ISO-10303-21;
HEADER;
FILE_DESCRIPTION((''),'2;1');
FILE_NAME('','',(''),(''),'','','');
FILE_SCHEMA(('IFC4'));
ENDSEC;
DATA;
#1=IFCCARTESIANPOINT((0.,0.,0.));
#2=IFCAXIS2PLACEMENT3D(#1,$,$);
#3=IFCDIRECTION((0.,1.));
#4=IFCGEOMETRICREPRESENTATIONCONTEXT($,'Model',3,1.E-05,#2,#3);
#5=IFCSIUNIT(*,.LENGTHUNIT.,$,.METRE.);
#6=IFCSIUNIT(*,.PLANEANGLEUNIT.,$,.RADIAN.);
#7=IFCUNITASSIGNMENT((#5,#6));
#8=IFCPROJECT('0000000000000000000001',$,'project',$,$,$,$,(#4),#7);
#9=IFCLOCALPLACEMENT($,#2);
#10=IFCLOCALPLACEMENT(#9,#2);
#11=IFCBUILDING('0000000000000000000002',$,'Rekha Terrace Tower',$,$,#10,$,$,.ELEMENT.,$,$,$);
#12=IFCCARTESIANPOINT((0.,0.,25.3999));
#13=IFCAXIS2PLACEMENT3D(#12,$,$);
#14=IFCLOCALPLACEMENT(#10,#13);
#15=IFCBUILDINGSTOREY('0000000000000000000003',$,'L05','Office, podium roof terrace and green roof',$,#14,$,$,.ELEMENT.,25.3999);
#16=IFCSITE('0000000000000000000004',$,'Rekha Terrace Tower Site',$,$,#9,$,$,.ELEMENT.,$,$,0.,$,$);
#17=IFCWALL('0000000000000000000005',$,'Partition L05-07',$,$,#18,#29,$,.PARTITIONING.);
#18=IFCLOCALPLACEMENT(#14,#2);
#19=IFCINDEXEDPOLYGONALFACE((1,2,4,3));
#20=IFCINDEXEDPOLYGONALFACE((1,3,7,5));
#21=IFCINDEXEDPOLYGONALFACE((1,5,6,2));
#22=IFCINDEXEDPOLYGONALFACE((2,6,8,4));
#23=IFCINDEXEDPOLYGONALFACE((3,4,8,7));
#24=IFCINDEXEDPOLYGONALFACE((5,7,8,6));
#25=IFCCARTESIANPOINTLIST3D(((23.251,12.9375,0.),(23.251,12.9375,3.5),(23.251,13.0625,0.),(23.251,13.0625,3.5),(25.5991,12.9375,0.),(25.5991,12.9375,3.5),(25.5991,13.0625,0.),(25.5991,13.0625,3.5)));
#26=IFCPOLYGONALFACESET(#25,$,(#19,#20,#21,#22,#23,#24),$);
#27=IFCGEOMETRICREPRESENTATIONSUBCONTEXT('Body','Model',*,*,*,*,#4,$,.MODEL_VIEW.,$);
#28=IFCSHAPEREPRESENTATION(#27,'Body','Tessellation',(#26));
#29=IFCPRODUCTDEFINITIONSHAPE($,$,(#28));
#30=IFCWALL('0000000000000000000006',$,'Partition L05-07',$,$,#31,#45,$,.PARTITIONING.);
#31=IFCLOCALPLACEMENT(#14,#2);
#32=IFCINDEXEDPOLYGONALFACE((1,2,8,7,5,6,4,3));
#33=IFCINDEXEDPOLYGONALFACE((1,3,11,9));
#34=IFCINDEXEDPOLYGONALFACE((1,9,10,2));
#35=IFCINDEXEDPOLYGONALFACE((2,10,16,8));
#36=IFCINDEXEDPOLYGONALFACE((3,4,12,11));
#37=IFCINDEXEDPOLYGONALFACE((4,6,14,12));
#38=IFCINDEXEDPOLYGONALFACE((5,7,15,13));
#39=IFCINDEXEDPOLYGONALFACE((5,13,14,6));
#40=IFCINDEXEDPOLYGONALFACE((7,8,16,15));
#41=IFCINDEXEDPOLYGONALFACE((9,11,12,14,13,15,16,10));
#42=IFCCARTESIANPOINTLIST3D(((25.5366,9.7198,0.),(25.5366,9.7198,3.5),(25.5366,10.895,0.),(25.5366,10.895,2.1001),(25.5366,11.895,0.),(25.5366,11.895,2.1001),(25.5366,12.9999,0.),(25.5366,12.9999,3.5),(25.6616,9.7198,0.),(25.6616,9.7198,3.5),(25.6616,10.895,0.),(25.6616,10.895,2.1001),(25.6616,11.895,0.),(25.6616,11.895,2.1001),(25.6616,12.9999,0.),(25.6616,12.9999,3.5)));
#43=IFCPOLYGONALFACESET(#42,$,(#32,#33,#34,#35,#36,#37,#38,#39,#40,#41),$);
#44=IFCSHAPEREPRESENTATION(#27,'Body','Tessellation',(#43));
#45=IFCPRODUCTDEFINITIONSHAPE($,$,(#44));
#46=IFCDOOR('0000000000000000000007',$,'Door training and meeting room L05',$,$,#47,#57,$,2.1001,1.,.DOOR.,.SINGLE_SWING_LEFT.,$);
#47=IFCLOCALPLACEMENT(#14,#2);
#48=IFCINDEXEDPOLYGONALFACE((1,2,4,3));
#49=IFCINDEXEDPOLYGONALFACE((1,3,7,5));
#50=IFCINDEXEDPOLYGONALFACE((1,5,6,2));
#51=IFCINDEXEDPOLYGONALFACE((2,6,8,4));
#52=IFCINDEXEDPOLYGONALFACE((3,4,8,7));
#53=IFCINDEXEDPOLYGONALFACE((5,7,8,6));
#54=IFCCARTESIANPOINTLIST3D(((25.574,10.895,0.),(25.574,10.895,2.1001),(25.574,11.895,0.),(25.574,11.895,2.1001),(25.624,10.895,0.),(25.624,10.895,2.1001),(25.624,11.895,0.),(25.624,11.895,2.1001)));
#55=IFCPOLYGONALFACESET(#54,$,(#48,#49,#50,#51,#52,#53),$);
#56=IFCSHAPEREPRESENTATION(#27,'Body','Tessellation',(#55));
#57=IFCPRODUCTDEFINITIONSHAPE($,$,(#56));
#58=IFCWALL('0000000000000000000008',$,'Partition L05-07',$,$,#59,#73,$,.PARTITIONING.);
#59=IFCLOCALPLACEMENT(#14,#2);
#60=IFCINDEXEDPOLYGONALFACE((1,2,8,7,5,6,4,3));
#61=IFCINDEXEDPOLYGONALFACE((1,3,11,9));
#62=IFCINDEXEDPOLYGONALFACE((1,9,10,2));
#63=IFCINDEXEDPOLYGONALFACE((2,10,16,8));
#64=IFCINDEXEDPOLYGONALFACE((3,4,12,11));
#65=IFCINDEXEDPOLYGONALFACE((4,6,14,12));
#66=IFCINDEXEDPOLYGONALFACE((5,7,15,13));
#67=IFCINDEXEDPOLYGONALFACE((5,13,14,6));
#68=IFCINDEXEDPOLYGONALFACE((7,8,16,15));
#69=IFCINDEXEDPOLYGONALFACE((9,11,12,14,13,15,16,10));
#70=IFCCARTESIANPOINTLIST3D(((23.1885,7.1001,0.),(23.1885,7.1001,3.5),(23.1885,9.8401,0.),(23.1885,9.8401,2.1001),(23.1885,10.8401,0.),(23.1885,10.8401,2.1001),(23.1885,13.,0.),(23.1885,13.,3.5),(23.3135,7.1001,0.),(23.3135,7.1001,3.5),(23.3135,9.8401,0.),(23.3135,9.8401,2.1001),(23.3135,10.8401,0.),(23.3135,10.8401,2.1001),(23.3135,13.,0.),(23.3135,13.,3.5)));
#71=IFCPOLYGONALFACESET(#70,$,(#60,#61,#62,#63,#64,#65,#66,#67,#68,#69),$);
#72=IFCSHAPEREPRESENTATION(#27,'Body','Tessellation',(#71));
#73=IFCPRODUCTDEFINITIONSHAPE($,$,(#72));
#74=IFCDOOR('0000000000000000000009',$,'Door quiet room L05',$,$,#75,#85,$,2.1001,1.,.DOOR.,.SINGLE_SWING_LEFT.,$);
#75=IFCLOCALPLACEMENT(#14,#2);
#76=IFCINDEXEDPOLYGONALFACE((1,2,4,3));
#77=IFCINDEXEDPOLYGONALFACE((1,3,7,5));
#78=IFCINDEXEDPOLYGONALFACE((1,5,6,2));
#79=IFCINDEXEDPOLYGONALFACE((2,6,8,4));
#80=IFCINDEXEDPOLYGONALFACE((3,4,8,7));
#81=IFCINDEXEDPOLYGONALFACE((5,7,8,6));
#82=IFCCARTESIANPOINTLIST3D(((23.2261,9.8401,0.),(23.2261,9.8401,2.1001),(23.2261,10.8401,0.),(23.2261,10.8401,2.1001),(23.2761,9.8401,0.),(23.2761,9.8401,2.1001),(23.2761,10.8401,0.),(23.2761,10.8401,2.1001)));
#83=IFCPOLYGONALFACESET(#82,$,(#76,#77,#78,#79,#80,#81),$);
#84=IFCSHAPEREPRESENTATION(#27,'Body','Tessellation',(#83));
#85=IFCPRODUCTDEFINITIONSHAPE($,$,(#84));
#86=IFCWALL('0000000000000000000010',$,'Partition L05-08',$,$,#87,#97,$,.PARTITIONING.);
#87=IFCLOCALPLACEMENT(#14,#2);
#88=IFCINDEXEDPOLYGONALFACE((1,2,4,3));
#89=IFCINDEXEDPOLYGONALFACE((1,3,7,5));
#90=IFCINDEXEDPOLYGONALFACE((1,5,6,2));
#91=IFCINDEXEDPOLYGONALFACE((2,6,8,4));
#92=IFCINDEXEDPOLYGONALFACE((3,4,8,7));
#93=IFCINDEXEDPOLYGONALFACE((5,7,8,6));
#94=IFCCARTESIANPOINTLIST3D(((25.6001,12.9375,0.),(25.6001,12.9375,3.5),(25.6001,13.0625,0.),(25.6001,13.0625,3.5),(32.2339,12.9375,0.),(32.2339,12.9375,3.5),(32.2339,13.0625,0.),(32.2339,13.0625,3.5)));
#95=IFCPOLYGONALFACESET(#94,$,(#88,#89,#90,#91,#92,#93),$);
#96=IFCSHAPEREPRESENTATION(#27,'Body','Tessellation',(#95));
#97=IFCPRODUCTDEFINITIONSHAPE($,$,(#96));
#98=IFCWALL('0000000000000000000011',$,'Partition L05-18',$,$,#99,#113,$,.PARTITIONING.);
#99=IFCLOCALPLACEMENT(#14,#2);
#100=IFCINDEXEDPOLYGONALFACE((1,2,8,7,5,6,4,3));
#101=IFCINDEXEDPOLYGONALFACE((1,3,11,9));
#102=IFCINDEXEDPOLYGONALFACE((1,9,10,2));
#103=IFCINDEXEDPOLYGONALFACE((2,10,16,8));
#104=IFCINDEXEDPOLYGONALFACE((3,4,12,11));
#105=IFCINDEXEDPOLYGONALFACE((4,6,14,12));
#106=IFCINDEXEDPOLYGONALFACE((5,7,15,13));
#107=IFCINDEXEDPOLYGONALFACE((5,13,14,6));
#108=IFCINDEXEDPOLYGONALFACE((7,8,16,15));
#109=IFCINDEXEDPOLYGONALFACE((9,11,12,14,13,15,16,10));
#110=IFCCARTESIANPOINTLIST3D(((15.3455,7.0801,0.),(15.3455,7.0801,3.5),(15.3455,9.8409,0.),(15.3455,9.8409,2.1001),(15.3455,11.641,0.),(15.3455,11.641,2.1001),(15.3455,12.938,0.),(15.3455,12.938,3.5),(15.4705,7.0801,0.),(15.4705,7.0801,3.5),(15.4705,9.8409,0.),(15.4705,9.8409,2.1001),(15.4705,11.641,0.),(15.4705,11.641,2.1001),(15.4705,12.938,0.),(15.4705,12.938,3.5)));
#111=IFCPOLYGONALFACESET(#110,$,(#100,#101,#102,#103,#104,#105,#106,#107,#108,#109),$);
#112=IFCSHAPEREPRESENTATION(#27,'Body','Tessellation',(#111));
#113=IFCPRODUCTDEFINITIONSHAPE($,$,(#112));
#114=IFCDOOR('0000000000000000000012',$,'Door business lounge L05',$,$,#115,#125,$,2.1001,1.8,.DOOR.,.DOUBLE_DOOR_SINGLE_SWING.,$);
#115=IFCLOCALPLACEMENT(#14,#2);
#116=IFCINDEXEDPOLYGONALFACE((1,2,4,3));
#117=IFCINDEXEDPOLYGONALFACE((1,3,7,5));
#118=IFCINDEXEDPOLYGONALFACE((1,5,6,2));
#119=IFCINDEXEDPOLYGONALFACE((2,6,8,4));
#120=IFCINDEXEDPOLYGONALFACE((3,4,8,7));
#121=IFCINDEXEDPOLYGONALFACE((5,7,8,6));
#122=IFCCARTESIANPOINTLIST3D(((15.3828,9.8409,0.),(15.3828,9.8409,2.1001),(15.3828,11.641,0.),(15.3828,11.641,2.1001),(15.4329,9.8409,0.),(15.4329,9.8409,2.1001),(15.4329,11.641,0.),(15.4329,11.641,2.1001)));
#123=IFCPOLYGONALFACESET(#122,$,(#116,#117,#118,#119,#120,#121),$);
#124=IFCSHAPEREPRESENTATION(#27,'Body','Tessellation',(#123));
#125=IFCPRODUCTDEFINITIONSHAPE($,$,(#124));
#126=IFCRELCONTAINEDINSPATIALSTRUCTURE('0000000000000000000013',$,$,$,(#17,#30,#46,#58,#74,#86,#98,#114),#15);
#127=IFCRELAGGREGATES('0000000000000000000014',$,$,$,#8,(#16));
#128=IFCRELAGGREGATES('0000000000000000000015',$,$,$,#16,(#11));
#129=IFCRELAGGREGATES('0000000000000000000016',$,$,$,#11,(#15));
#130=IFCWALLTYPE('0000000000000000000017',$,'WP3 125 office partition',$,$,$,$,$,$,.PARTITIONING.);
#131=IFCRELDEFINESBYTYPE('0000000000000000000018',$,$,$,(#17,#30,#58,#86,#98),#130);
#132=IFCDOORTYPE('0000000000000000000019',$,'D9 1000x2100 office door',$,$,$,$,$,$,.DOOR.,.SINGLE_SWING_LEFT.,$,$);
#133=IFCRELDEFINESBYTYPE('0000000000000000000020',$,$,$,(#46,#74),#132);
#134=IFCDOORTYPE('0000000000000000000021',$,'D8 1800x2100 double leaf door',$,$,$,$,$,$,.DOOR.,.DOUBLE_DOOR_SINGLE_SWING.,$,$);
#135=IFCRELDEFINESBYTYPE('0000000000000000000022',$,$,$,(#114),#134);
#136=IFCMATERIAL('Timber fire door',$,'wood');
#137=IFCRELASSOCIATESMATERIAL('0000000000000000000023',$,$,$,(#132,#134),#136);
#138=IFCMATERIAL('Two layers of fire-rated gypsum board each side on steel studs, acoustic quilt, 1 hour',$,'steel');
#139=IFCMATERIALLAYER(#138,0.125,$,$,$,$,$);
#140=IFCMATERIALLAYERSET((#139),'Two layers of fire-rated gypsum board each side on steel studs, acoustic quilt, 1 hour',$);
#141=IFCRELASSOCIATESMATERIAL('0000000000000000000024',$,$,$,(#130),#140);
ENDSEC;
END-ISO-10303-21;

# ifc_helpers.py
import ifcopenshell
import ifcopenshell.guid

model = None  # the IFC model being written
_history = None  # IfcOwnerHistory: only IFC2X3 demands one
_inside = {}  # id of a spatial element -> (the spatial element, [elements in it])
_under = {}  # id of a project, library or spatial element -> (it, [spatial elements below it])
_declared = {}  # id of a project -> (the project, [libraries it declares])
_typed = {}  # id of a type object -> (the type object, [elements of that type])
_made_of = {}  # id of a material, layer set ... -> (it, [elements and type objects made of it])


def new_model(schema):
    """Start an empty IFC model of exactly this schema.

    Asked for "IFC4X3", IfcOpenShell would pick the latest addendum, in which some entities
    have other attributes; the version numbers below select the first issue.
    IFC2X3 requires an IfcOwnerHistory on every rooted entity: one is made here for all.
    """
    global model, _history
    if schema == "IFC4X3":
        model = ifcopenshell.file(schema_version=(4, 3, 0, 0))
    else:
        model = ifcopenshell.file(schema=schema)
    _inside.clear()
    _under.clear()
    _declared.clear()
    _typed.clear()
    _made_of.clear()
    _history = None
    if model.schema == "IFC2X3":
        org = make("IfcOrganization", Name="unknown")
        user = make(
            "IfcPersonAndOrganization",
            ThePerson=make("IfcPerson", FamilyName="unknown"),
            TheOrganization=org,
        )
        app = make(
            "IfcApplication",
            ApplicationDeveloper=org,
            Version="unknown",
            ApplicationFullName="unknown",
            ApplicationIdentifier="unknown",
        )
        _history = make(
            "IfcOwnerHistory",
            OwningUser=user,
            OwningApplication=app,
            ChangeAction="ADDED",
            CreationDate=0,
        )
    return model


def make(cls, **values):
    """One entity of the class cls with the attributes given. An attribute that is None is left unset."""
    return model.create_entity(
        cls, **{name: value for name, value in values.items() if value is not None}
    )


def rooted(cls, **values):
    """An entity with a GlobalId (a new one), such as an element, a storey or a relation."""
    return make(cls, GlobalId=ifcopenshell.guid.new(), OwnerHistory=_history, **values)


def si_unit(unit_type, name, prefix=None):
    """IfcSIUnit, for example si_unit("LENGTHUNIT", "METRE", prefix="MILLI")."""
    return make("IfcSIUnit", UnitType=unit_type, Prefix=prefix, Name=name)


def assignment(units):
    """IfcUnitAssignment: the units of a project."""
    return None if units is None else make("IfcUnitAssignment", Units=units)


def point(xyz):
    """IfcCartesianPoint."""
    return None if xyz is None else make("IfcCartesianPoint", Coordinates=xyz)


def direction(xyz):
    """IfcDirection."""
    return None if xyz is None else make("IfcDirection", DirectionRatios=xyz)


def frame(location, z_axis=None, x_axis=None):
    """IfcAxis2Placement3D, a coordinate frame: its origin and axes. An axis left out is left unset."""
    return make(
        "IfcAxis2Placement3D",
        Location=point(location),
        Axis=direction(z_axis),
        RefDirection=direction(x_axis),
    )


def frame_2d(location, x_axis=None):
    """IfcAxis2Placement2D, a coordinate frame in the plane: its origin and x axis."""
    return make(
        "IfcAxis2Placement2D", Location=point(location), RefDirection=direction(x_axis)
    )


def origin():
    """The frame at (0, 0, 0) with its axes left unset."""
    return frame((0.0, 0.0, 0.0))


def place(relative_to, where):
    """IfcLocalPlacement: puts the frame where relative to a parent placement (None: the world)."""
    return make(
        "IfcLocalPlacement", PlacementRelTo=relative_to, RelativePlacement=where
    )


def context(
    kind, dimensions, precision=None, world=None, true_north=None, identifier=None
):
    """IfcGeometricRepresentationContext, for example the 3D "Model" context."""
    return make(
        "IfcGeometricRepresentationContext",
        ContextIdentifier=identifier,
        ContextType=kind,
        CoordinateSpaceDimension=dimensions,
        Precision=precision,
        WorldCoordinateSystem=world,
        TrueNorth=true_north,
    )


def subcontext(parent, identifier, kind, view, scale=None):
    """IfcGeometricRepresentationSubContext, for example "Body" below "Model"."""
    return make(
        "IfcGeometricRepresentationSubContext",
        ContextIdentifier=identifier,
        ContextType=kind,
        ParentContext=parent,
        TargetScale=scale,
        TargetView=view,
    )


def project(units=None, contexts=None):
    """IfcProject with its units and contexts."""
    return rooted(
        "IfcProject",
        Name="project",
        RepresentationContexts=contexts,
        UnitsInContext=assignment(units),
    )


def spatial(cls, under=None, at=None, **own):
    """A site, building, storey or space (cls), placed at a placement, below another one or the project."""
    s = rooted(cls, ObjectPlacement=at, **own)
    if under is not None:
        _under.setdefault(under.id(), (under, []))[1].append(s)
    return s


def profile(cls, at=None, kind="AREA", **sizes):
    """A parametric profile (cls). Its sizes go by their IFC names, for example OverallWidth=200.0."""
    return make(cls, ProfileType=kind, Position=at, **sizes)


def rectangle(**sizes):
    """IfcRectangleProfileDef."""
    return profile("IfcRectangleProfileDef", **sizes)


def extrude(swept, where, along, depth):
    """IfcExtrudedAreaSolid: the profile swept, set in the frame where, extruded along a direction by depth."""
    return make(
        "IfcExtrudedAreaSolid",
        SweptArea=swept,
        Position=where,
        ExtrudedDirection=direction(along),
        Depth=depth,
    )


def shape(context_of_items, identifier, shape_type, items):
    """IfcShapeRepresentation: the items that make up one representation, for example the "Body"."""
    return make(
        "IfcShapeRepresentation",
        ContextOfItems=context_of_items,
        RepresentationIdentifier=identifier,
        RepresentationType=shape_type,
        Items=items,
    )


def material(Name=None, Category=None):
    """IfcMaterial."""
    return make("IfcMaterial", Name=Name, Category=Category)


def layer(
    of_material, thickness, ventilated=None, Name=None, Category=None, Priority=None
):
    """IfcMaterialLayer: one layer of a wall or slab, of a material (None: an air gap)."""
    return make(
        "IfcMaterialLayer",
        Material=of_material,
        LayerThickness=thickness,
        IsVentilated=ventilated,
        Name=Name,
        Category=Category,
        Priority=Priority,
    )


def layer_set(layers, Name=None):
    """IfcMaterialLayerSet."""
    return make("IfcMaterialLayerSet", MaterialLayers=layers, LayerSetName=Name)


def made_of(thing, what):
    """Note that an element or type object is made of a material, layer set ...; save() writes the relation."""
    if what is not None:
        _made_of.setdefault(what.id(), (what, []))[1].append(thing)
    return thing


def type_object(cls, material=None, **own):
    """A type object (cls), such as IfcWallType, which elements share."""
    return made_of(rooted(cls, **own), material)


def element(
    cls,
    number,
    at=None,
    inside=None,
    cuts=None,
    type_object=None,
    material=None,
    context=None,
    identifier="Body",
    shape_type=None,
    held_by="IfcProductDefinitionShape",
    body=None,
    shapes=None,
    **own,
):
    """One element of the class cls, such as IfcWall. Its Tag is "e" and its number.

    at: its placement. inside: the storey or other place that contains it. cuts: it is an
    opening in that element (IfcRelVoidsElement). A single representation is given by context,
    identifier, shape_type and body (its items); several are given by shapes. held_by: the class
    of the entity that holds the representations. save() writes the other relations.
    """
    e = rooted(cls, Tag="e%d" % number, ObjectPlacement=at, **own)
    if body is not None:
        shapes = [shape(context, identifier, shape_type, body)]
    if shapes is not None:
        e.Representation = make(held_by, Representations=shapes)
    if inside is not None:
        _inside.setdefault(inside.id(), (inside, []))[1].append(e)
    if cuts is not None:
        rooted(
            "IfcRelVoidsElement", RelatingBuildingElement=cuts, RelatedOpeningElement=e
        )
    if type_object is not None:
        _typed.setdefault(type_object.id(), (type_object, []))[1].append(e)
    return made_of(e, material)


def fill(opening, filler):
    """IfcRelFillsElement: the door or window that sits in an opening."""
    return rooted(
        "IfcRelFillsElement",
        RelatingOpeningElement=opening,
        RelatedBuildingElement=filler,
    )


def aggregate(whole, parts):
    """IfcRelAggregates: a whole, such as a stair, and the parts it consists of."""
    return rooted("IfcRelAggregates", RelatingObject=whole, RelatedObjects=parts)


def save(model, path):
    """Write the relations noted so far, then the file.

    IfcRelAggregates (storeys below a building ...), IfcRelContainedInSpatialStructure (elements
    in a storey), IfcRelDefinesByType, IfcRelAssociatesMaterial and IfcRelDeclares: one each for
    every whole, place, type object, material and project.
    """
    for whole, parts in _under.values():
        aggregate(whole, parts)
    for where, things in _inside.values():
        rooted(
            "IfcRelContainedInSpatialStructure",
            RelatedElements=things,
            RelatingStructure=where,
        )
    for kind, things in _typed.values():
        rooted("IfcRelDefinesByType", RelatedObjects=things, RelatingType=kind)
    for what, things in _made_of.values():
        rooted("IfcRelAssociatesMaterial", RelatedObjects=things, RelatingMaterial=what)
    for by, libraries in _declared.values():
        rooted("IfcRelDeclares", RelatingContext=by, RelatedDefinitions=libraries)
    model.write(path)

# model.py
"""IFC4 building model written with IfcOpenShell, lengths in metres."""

from ifc_helpers import new_model, si_unit, direction, frame, frame_2d, origin, place, context, subcontext, project, spatial, rectangle, extrude, material, layer, layer_set, type_object, element, fill, save


model = new_model("IFC4")

# Units and contexts
model_context = context("Model", 3, precision=1e-05, world=origin(), true_north=direction((0.0, 1.0)))
body_context = subcontext(model_context, "Body", "Model", "MODEL_VIEW")
ifc_project = project(units=[si_unit("LENGTHUNIT", "METRE"), si_unit("PLANEANGLEUNIT", "RADIAN")], contexts=[model_context])

# Site, building, storey
site_placement = place(None, origin())
site = spatial("IfcSite", under=ifc_project, at=site_placement, Name="Rekha Terrace Tower Site", CompositionType="ELEMENT", RefElevation=0.0)
building_placement = place(site_placement, origin())
building = spatial("IfcBuilding", under=site, at=building_placement, Name="Rekha Terrace Tower", CompositionType="ELEMENT")
storey_placement = place(building_placement, frame((0.0, 0.0, 25.3999)))
storey = spatial("IfcBuildingStorey", under=building, at=storey_placement, Name="L05", Description="Office, podium roof terrace and green roof", CompositionType="ELEMENT", Elevation=25.3999)

# Shared definitions
ifc_material_1 = material(Name="Timber fire door", Category="wood")
door_type_1 = type_object("IfcDoorType", Name="D9 1000x2100 office door", OperationType="SINGLE_SWING_LEFT", PredefinedType="DOOR", material=ifc_material_1)

# Shared definitions
ifc_material_2 = material(Name="Two layers of fire-rated gypsum board each side on steel studs, acoustic quilt, 1 hour", Category="steel")
ifc_layer_1 = layer(ifc_material_2, 0.125)
ifc_layer_set_1 = layer_set([ifc_layer_1], Name="Two layers of fire-rated gypsum board each side on steel studs, acoustic quilt, 1 hour")
wall_type_1 = type_object("IfcWallType", Name="WP3 125 office partition", PredefinedType="PARTITIONING", material=ifc_layer_set_1)
door_type_2 = type_object("IfcDoorType", Name="D8 1800x2100 double leaf door", OperationType="DOUBLE_DOOR_SINGLE_SWING", PredefinedType="DOOR", material=ifc_material_1)

# Wall
wall_1_placement = place(storey_placement, frame((23.251, 13.0, 0.0), z_axis=(0.0, 0.0, 1.0), x_axis=(1.0, 0.0, 0.0)))
element("IfcWall", 1, at=wall_1_placement, inside=storey, type_object=wall_type_1, Name="Partition L05-07", PredefinedType="PARTITIONING", context=body_context, shape_type="SweptSolid", body=[
    extrude(rectangle(XDim=2.3481, YDim=0.125, at=frame_2d((1.1741, 0.0))), origin(), (0.0, 0.0, 1.0), 3.5),
])

# Walls, openings, doors
wall_2_placement = place(storey_placement, frame((25.5991, 13.0, 0.0), z_axis=(0.0, 0.0, 1.0), x_axis=(0.0, -1.0, 0.0)))
wall_2 = element("IfcWall", 2, at=wall_2_placement, inside=storey, type_object=wall_type_1, Name="Partition L05-07", PredefinedType="PARTITIONING", context=body_context, shape_type="SweptSolid", body=[
    extrude(rectangle(XDim=3.28, YDim=0.125, at=frame_2d((1.6401, 0.0))), origin(), (0.0, 0.0, 1.0), 3.5),
])
opening_1_placement = place(wall_2_placement, frame((1.105, 0.0, 0.0)))
opening_1 = element("IfcOpeningElement", 3, at=opening_1_placement, cuts=wall_2, PredefinedType="OPENING", context=body_context, shape_type="SweptSolid", body=[
    extrude(rectangle(XDim=1.0, YDim=2.1001, at=frame_2d((0.5, 1.05))), frame((0.0, 0.0725, 0.0), z_axis=(0.0, -1.0, 0.0), x_axis=(1.0, 0.0, 0.0)), (0.0, 0.0, 1.0), 0.145),
])
door_1_placement = place(opening_1_placement, origin())
door_1 = element("IfcDoor", 4, at=door_1_placement, inside=storey, type_object=door_type_1, Name="Door training and meeting room L05", OperationType="SINGLE_SWING_LEFT", OverallHeight=2.1001, OverallWidth=1.0, PredefinedType="DOOR", context=body_context, shape_type="SweptSolid", body=[
    extrude(rectangle(XDim=1.0, YDim=2.1001, at=frame_2d((0.5, 1.05))), frame((0.0, 0.0249, 0.0), z_axis=(0.0, -1.0, 0.0), x_axis=(1.0, 0.0, 0.0)), (0.0, 0.0, 1.0), 0.05),
])
fill(opening_1, door_1)
wall_3_placement = place(storey_placement, frame((23.251, 7.1001, 0.0), z_axis=(0.0, 0.0, 1.0), x_axis=(0.0, 1.0, 0.0)))
wall_3 = element("IfcWall", 5, at=wall_3_placement, inside=storey, type_object=wall_type_1, Name="Partition L05-07", PredefinedType="PARTITIONING", context=body_context, shape_type="SweptSolid", body=[
    extrude(rectangle(XDim=5.8999, YDim=0.125, at=frame_2d((2.95, 0.0))), origin(), (0.0, 0.0, 1.0), 3.5),
])
opening_2_placement = place(wall_3_placement, frame((2.74, 0.0, 0.0)))
opening_2 = element("IfcOpeningElement", 6, at=opening_2_placement, cuts=wall_3, PredefinedType="OPENING", context=body_context, shape_type="SweptSolid", body=[
    extrude(rectangle(XDim=1.0, YDim=2.1001, at=frame_2d((0.5, 1.05))), frame((0.0, 0.0725, 0.0), z_axis=(0.0, -1.0, 0.0), x_axis=(1.0, 0.0, 0.0)), (0.0, 0.0, 1.0), 0.145),
])
door_2_placement = place(opening_2_placement, origin())
door_2 = element("IfcDoor", 7, at=door_2_placement, inside=storey, type_object=door_type_1, Name="Door quiet room L05", OperationType="SINGLE_SWING_LEFT", OverallHeight=2.1001, OverallWidth=1.0, PredefinedType="DOOR", context=body_context, shape_type="SweptSolid", body=[
    extrude(rectangle(XDim=1.0, YDim=2.1001, at=frame_2d((0.5, 1.05))), frame((0.0, 0.0249, 0.0), z_axis=(0.0, -1.0, 0.0), x_axis=(1.0, 0.0, 0.0)), (0.0, 0.0, 1.0), 0.05),
])
fill(opening_2, door_2)

# Wall
wall_4_placement = place(storey_placement, frame((25.6001, 13.0, 0.0), z_axis=(0.0, 0.0, 1.0), x_axis=(1.0, 0.0, 0.0)))
element("IfcWall", 8, at=wall_4_placement, inside=storey, type_object=wall_type_1, Name="Partition L05-08", PredefinedType="PARTITIONING", context=body_context, shape_type="SweptSolid", body=[
    extrude(rectangle(XDim=6.6338, YDim=0.125, at=frame_2d((3.3169, 0.0))), origin(), (0.0, 0.0, 1.0), 3.5),
])

# Wall, opening, door
wall_5_placement = place(storey_placement, frame((15.408, 12.938, 0.0), z_axis=(0.0, 0.0, 1.0), x_axis=(0.0, -1.0, 0.0)))
wall_5 = element("IfcWall", 9, at=wall_5_placement, inside=storey, type_object=wall_type_1, Name="Partition L05-18", PredefinedType="PARTITIONING", context=body_context, shape_type="SweptSolid", body=[
    extrude(rectangle(XDim=5.8579, YDim=0.125, at=frame_2d((2.929, 0.0))), origin(), (0.0, 0.0, 1.0), 3.5),
])
opening_3_placement = place(wall_5_placement, frame((1.2971, 0.0, 0.0)))
opening_3 = element("IfcOpeningElement", 10, at=opening_3_placement, cuts=wall_5, PredefinedType="OPENING", context=body_context, shape_type="SweptSolid", body=[
    extrude(rectangle(XDim=1.8, YDim=2.1001, at=frame_2d((0.8999, 1.05))), frame((0.0, 0.0725, 0.0), z_axis=(0.0, -1.0, 0.0), x_axis=(1.0, 0.0, 0.0)), (0.0, 0.0, 1.0), 0.145),
])
door_3_placement = place(opening_3_placement, origin())
door_3 = element("IfcDoor", 11, at=door_3_placement, inside=storey, type_object=door_type_2, Name="Door business lounge L05", OperationType="DOUBLE_DOOR_SINGLE_SWING", OverallHeight=2.1001, OverallWidth=1.8, PredefinedType="DOOR", context=body_context, shape_type="SweptSolid", body=[
    extrude(rectangle(XDim=1.8, YDim=2.1001, at=frame_2d((0.8999, 1.05))), frame((0.0, 0.0249, 0.0), z_axis=(0.0, -1.0, 0.0), x_axis=(1.0, 0.0, 0.0)), (0.0, 0.0, 1.0), 0.05),
])
fill(opening_3, door_3)

save(model, "model.ifc")
